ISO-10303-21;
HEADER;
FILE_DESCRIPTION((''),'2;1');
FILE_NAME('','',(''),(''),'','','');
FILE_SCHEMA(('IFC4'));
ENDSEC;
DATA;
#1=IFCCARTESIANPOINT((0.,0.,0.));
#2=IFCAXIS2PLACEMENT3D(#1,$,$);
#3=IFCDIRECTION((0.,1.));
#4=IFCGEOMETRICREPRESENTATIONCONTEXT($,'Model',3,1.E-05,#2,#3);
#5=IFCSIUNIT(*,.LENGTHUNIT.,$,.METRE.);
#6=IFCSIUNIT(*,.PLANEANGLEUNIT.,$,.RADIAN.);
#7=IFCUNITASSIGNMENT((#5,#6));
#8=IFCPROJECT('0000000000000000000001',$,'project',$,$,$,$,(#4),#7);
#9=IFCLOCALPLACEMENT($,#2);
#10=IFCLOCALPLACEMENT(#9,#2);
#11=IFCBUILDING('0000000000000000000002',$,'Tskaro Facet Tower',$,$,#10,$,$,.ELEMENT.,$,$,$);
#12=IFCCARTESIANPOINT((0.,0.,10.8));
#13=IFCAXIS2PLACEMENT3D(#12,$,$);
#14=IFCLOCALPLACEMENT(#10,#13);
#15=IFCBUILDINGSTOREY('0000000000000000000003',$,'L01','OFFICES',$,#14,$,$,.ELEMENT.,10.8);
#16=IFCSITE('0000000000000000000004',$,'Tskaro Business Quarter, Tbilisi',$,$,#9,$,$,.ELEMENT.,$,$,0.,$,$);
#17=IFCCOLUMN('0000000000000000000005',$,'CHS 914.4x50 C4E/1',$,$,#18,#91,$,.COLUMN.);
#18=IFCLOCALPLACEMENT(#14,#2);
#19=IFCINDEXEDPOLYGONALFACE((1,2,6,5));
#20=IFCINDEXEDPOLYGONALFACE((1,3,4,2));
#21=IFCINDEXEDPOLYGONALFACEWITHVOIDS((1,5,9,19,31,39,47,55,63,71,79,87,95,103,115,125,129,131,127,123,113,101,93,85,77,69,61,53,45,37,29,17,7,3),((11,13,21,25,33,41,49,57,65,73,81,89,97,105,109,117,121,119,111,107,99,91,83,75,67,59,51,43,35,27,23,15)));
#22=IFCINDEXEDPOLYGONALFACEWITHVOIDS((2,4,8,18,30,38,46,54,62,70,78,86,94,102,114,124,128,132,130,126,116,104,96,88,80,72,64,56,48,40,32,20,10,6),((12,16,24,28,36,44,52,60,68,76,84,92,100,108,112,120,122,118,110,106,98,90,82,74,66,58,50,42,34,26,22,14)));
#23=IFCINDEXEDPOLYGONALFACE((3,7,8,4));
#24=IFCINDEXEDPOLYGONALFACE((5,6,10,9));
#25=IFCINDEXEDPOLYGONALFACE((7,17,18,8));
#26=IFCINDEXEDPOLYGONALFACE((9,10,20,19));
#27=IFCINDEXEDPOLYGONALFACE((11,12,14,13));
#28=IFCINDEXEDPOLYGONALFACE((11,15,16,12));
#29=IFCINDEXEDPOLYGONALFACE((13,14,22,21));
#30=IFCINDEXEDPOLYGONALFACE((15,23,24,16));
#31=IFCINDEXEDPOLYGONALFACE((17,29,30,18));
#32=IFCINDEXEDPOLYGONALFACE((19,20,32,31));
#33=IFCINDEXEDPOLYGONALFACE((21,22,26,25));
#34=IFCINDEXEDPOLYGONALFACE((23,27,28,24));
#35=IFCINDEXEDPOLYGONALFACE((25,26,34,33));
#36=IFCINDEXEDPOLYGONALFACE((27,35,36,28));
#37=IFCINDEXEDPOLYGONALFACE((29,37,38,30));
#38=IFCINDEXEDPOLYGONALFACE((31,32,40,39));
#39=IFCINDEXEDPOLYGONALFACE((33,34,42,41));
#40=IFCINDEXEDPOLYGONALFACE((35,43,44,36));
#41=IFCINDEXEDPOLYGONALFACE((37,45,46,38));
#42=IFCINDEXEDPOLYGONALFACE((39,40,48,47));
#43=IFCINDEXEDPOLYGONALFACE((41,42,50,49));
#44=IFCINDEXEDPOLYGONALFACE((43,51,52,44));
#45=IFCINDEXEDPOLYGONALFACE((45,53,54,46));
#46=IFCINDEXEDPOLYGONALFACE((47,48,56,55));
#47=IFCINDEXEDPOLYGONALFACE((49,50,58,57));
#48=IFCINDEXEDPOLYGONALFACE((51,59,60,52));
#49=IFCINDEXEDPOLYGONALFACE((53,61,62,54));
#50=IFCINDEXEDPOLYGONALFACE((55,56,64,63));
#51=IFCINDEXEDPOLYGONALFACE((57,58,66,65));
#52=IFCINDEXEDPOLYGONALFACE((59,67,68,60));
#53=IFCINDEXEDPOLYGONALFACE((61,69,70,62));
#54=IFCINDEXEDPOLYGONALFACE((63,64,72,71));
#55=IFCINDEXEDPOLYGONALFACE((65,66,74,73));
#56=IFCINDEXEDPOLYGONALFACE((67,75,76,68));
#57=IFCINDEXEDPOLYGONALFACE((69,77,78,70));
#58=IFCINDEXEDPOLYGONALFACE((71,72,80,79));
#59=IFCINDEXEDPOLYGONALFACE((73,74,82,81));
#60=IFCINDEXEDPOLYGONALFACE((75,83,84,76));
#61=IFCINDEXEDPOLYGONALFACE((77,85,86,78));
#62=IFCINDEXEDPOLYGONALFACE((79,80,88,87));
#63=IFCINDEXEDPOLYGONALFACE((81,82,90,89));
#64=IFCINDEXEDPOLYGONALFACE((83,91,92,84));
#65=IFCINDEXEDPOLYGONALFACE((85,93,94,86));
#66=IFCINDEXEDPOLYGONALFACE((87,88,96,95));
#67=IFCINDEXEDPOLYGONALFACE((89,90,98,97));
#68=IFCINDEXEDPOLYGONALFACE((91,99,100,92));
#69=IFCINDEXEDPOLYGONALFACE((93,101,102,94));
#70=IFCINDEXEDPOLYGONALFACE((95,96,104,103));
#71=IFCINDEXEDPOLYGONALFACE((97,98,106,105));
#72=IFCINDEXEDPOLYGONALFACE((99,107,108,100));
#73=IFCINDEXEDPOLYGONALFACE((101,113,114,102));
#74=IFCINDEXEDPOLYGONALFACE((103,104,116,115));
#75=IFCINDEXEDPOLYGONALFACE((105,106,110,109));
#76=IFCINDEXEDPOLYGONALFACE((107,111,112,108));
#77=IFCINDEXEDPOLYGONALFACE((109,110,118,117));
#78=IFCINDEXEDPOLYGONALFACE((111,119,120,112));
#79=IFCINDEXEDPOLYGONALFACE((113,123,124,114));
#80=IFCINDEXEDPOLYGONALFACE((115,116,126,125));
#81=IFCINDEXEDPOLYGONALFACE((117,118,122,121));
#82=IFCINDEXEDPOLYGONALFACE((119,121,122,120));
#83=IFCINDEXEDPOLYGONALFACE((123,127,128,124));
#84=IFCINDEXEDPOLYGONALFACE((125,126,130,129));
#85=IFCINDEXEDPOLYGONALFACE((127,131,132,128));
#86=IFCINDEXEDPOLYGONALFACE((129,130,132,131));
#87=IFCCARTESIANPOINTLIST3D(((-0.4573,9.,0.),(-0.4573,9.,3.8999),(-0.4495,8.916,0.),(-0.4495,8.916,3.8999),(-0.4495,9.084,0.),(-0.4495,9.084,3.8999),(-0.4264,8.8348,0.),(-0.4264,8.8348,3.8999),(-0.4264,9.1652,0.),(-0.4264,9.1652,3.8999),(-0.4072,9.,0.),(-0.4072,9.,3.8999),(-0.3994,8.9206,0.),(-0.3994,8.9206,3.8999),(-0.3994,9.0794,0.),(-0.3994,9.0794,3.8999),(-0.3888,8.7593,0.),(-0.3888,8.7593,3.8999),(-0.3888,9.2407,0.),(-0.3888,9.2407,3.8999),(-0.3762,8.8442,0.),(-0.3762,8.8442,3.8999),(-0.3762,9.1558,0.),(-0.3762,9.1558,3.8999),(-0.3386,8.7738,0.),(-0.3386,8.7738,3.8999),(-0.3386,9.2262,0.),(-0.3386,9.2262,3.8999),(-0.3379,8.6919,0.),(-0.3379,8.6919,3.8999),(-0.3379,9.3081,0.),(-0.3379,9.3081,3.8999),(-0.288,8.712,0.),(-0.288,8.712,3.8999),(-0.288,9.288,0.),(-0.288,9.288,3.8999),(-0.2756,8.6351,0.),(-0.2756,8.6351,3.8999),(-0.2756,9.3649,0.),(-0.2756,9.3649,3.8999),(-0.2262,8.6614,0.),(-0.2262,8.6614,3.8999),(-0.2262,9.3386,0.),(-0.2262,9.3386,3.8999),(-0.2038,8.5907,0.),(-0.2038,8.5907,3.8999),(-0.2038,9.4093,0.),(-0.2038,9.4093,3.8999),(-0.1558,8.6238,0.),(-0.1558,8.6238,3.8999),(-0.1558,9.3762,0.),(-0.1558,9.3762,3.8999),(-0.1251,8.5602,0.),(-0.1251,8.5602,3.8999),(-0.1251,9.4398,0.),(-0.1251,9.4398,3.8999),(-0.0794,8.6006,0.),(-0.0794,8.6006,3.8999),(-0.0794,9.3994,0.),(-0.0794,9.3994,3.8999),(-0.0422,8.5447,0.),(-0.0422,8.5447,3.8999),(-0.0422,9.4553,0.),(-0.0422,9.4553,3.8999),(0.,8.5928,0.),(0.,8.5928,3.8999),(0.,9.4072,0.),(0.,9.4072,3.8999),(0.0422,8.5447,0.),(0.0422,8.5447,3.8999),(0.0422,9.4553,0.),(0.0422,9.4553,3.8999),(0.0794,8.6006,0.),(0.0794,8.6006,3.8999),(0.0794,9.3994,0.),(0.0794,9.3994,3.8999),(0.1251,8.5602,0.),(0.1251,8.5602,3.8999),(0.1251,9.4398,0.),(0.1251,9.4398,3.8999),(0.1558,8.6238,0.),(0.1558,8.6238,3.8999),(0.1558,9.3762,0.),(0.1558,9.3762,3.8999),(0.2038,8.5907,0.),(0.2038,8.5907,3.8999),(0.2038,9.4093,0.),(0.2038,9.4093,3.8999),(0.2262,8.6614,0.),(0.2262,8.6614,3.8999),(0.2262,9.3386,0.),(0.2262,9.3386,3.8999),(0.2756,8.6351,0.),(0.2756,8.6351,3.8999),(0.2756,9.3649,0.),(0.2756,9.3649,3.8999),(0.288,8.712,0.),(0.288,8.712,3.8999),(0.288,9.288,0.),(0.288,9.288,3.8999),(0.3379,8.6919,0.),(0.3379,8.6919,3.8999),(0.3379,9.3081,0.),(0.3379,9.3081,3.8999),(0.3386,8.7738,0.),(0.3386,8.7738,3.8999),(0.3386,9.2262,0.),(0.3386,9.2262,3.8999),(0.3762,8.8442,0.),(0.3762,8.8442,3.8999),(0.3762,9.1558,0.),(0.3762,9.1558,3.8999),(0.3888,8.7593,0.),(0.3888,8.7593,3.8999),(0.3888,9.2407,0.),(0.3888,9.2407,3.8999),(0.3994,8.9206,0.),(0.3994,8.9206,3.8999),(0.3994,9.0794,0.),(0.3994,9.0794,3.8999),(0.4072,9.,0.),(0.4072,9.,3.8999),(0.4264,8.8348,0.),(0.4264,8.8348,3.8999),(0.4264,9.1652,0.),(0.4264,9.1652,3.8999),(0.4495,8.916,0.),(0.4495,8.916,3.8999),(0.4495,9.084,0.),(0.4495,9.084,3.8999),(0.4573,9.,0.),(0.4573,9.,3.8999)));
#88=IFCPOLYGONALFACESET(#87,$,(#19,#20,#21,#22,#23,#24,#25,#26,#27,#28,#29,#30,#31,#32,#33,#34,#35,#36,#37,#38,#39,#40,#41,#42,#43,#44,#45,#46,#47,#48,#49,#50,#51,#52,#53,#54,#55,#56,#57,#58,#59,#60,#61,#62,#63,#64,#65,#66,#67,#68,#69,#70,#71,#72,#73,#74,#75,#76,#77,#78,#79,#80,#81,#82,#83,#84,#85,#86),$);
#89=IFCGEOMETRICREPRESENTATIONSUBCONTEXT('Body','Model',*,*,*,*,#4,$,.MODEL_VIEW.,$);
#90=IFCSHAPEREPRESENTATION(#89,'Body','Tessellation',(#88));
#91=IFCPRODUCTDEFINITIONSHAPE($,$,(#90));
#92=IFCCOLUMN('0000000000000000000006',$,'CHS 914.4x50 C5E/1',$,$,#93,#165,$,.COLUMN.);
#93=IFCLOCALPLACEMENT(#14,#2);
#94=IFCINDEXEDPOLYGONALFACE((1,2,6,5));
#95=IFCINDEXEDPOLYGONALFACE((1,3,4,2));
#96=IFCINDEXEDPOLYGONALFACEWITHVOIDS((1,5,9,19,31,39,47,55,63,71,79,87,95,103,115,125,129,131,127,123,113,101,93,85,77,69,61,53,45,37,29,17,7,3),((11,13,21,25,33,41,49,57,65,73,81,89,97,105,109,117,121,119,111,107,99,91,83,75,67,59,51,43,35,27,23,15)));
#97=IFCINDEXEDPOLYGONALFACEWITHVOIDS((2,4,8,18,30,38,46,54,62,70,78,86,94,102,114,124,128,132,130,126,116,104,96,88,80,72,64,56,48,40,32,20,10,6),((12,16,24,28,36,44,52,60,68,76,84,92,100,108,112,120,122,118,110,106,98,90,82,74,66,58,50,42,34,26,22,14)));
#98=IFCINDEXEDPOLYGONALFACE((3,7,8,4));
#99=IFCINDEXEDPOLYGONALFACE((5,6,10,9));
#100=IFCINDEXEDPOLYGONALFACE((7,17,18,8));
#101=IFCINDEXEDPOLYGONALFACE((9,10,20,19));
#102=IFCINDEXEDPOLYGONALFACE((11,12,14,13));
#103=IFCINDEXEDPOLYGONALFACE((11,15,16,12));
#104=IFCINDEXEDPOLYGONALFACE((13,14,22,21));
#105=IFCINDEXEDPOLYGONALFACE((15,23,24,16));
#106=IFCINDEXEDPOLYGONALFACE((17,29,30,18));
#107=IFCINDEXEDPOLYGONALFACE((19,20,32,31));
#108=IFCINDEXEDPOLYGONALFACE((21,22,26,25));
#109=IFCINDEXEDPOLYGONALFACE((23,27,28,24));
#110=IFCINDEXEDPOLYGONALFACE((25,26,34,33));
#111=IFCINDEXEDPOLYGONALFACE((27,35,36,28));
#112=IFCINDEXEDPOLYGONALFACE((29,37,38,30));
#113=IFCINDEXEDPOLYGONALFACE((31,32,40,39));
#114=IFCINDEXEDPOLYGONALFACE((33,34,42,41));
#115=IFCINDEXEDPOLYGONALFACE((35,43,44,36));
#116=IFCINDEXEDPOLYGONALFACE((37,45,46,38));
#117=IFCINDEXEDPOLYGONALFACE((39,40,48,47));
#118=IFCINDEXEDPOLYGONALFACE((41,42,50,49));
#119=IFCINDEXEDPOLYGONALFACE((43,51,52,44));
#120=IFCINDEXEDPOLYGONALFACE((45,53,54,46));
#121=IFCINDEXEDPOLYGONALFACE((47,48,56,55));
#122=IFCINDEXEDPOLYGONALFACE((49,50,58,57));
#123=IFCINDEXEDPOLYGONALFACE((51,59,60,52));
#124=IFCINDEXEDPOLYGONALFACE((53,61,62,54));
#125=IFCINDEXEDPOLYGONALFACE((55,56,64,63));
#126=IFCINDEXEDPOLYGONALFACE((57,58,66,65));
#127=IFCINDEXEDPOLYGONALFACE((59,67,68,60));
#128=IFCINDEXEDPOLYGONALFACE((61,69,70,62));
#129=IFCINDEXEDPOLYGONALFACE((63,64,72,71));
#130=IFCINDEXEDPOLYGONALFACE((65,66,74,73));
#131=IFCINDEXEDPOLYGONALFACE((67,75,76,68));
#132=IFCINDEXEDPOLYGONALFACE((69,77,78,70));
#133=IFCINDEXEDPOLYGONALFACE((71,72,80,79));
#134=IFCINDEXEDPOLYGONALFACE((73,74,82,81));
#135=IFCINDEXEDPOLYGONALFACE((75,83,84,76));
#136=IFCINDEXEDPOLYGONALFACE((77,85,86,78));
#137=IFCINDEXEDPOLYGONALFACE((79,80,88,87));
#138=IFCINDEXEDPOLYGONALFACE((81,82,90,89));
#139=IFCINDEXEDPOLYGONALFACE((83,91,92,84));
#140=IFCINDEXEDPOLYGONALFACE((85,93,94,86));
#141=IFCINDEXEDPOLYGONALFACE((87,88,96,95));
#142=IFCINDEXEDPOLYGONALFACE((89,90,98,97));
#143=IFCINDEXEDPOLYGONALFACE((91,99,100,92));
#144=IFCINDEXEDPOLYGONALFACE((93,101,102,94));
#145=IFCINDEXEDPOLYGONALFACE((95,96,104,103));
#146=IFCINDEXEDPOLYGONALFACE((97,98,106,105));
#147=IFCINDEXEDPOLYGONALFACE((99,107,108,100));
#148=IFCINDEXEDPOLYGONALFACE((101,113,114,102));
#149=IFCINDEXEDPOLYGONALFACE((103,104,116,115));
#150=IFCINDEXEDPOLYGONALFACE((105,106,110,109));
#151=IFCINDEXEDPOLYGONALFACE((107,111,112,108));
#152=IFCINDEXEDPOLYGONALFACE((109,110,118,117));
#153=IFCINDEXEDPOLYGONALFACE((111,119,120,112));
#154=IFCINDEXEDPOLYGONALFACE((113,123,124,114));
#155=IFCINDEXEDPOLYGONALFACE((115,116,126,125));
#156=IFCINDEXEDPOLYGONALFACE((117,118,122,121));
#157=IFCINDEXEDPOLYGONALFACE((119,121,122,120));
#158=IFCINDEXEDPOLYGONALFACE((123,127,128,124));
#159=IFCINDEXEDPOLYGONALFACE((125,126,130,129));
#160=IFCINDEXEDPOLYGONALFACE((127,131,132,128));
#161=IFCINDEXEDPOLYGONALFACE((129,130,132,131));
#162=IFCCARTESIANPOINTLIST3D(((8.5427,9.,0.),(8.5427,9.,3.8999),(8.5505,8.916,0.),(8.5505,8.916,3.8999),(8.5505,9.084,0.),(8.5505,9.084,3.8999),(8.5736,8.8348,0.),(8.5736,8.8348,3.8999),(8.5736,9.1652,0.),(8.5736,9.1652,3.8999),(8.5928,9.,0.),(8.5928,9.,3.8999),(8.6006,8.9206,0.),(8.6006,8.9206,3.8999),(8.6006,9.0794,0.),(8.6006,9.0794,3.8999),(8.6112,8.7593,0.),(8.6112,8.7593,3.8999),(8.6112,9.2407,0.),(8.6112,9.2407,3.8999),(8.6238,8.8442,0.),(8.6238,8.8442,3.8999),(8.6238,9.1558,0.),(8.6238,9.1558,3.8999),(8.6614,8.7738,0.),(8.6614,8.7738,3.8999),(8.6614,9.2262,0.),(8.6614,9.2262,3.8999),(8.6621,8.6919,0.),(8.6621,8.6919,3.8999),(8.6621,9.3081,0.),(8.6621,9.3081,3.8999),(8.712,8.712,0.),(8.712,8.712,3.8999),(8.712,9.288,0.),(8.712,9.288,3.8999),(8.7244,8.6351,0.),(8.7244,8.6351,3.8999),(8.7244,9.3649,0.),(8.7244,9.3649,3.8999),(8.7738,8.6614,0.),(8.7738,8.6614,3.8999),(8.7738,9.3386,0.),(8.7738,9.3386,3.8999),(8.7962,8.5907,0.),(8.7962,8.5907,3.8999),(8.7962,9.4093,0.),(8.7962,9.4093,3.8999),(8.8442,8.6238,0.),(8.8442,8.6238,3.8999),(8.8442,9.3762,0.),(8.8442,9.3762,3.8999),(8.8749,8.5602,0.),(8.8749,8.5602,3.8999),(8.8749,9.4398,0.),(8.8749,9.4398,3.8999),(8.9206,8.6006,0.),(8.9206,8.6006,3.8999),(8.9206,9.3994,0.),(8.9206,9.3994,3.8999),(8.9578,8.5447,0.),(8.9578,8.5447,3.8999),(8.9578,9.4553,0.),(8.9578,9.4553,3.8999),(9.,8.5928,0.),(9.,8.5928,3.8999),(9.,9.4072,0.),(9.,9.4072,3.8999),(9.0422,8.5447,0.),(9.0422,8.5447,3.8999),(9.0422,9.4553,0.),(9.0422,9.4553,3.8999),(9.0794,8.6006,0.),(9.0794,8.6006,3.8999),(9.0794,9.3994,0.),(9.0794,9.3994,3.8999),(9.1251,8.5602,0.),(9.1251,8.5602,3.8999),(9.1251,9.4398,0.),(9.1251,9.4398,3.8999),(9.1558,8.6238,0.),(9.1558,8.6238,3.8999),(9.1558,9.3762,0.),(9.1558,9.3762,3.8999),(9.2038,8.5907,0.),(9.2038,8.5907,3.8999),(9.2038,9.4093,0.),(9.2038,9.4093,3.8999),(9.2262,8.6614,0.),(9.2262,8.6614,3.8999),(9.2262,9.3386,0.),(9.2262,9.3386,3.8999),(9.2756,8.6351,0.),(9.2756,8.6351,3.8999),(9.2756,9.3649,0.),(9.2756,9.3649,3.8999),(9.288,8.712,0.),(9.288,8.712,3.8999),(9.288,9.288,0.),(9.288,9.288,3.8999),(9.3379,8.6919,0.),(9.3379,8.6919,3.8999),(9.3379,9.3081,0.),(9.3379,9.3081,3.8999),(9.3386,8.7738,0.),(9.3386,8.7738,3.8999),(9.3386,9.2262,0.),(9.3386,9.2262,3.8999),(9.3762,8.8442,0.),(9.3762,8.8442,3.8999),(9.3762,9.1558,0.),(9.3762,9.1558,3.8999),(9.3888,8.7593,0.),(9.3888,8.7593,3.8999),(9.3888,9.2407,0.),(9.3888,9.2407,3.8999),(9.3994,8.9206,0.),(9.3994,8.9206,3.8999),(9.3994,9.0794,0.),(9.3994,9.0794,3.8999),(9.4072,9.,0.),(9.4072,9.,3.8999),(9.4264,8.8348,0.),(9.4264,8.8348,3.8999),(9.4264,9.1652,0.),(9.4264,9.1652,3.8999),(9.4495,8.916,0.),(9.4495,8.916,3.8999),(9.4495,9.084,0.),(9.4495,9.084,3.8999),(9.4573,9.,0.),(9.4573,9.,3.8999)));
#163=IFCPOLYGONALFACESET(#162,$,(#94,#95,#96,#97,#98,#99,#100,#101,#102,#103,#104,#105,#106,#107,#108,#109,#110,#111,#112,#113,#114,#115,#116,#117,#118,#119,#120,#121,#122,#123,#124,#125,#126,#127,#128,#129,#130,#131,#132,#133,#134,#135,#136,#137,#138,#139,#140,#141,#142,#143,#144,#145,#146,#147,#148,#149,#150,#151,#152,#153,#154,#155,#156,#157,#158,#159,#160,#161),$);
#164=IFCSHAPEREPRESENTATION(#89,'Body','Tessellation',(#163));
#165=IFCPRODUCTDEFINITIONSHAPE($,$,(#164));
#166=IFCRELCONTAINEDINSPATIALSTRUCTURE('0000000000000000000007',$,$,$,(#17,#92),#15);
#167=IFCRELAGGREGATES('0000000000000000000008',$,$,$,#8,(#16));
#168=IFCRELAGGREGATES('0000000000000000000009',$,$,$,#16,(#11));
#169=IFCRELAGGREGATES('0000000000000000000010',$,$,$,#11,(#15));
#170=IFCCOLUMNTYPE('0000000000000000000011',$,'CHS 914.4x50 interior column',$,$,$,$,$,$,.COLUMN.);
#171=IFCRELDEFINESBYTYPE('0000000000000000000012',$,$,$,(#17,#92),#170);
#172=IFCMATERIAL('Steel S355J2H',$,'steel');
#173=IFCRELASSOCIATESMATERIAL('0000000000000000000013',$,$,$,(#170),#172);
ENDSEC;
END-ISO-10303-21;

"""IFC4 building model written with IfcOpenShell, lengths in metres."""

from ifc_helpers import new_model, si_unit, direction, frame, origin, origin_2d, place, context, subcontext, project, spatial, hollow_circle, extrude, material, material_profile, profile_set, type_object, element, save


model = new_model("IFC4")

# Units and contexts
model_context = context("Model", 3, precision=1e-05, world=origin(), true_north=direction((0.0, 1.0)))
body_context = subcontext(model_context, "Body", "Model", "MODEL_VIEW")
ifc_project = project(units=[si_unit("LENGTHUNIT", "METRE"), si_unit("PLANEANGLEUNIT", "RADIAN")], contexts=[model_context])

# Site, building, storey
site_placement = place(None, origin())
site = spatial("IfcSite", under=ifc_project, at=site_placement, Name="Tskaro Business Quarter, Tbilisi", CompositionType="ELEMENT", RefElevation=0.0)
building_placement = place(site_placement, origin())
building = spatial("IfcBuilding", under=site, at=building_placement, Name="Tskaro Facet Tower", CompositionType="ELEMENT")
storey_placement = place(building_placement, frame((0.0, 0.0, 10.8)))
storey = spatial("IfcBuildingStorey", under=building, at=storey_placement, Name="L01", Description="OFFICES", CompositionType="ELEMENT", Elevation=10.8)

# Columns
ifc_material_1 = material(Name="Steel S355J2H", Category="steel")
ifc_material_profile_1 = material_profile(ifc_material_1, hollow_circle(Radius=0.4573, WallThickness=0.05, at=origin_2d()), Name="CHS 914.4x50")
ifc_profile_set_1 = profile_set([ifc_material_profile_1], Name="Steel S355J2H")
column_type = type_object("IfcColumnType", Name="CHS 914.4x50 interior column", PredefinedType="COLUMN", material=ifc_profile_set_1)
for number, where, z_axis, x_axis, name in (
    (1, (0.0, 9.0, 0.0), (0.0, 0.0, 1.0), (1.0, 0.0, 0.0), "CHS 914.4x50 C4E/1"),
    (2, (9.0, 9.0, 0.0), (0.0, 0.0, 1.0), (1.0, 0.0, 0.0), "CHS 914.4x50 C5E/1"),
):
    element("IfcColumn", number, at=place(storey_placement, frame(where, z_axis=z_axis, x_axis=x_axis)), inside=storey, type_object=column_type, Name=name, PredefinedType="COLUMN", context=body_context, shape_type="SweptSolid", body=[
        extrude(hollow_circle(Radius=0.4573, WallThickness=0.05, at=origin_2d()), origin(), (0.0, 0.0, 1.0), 3.8999),
    ])

save(model, "model.ifc")
